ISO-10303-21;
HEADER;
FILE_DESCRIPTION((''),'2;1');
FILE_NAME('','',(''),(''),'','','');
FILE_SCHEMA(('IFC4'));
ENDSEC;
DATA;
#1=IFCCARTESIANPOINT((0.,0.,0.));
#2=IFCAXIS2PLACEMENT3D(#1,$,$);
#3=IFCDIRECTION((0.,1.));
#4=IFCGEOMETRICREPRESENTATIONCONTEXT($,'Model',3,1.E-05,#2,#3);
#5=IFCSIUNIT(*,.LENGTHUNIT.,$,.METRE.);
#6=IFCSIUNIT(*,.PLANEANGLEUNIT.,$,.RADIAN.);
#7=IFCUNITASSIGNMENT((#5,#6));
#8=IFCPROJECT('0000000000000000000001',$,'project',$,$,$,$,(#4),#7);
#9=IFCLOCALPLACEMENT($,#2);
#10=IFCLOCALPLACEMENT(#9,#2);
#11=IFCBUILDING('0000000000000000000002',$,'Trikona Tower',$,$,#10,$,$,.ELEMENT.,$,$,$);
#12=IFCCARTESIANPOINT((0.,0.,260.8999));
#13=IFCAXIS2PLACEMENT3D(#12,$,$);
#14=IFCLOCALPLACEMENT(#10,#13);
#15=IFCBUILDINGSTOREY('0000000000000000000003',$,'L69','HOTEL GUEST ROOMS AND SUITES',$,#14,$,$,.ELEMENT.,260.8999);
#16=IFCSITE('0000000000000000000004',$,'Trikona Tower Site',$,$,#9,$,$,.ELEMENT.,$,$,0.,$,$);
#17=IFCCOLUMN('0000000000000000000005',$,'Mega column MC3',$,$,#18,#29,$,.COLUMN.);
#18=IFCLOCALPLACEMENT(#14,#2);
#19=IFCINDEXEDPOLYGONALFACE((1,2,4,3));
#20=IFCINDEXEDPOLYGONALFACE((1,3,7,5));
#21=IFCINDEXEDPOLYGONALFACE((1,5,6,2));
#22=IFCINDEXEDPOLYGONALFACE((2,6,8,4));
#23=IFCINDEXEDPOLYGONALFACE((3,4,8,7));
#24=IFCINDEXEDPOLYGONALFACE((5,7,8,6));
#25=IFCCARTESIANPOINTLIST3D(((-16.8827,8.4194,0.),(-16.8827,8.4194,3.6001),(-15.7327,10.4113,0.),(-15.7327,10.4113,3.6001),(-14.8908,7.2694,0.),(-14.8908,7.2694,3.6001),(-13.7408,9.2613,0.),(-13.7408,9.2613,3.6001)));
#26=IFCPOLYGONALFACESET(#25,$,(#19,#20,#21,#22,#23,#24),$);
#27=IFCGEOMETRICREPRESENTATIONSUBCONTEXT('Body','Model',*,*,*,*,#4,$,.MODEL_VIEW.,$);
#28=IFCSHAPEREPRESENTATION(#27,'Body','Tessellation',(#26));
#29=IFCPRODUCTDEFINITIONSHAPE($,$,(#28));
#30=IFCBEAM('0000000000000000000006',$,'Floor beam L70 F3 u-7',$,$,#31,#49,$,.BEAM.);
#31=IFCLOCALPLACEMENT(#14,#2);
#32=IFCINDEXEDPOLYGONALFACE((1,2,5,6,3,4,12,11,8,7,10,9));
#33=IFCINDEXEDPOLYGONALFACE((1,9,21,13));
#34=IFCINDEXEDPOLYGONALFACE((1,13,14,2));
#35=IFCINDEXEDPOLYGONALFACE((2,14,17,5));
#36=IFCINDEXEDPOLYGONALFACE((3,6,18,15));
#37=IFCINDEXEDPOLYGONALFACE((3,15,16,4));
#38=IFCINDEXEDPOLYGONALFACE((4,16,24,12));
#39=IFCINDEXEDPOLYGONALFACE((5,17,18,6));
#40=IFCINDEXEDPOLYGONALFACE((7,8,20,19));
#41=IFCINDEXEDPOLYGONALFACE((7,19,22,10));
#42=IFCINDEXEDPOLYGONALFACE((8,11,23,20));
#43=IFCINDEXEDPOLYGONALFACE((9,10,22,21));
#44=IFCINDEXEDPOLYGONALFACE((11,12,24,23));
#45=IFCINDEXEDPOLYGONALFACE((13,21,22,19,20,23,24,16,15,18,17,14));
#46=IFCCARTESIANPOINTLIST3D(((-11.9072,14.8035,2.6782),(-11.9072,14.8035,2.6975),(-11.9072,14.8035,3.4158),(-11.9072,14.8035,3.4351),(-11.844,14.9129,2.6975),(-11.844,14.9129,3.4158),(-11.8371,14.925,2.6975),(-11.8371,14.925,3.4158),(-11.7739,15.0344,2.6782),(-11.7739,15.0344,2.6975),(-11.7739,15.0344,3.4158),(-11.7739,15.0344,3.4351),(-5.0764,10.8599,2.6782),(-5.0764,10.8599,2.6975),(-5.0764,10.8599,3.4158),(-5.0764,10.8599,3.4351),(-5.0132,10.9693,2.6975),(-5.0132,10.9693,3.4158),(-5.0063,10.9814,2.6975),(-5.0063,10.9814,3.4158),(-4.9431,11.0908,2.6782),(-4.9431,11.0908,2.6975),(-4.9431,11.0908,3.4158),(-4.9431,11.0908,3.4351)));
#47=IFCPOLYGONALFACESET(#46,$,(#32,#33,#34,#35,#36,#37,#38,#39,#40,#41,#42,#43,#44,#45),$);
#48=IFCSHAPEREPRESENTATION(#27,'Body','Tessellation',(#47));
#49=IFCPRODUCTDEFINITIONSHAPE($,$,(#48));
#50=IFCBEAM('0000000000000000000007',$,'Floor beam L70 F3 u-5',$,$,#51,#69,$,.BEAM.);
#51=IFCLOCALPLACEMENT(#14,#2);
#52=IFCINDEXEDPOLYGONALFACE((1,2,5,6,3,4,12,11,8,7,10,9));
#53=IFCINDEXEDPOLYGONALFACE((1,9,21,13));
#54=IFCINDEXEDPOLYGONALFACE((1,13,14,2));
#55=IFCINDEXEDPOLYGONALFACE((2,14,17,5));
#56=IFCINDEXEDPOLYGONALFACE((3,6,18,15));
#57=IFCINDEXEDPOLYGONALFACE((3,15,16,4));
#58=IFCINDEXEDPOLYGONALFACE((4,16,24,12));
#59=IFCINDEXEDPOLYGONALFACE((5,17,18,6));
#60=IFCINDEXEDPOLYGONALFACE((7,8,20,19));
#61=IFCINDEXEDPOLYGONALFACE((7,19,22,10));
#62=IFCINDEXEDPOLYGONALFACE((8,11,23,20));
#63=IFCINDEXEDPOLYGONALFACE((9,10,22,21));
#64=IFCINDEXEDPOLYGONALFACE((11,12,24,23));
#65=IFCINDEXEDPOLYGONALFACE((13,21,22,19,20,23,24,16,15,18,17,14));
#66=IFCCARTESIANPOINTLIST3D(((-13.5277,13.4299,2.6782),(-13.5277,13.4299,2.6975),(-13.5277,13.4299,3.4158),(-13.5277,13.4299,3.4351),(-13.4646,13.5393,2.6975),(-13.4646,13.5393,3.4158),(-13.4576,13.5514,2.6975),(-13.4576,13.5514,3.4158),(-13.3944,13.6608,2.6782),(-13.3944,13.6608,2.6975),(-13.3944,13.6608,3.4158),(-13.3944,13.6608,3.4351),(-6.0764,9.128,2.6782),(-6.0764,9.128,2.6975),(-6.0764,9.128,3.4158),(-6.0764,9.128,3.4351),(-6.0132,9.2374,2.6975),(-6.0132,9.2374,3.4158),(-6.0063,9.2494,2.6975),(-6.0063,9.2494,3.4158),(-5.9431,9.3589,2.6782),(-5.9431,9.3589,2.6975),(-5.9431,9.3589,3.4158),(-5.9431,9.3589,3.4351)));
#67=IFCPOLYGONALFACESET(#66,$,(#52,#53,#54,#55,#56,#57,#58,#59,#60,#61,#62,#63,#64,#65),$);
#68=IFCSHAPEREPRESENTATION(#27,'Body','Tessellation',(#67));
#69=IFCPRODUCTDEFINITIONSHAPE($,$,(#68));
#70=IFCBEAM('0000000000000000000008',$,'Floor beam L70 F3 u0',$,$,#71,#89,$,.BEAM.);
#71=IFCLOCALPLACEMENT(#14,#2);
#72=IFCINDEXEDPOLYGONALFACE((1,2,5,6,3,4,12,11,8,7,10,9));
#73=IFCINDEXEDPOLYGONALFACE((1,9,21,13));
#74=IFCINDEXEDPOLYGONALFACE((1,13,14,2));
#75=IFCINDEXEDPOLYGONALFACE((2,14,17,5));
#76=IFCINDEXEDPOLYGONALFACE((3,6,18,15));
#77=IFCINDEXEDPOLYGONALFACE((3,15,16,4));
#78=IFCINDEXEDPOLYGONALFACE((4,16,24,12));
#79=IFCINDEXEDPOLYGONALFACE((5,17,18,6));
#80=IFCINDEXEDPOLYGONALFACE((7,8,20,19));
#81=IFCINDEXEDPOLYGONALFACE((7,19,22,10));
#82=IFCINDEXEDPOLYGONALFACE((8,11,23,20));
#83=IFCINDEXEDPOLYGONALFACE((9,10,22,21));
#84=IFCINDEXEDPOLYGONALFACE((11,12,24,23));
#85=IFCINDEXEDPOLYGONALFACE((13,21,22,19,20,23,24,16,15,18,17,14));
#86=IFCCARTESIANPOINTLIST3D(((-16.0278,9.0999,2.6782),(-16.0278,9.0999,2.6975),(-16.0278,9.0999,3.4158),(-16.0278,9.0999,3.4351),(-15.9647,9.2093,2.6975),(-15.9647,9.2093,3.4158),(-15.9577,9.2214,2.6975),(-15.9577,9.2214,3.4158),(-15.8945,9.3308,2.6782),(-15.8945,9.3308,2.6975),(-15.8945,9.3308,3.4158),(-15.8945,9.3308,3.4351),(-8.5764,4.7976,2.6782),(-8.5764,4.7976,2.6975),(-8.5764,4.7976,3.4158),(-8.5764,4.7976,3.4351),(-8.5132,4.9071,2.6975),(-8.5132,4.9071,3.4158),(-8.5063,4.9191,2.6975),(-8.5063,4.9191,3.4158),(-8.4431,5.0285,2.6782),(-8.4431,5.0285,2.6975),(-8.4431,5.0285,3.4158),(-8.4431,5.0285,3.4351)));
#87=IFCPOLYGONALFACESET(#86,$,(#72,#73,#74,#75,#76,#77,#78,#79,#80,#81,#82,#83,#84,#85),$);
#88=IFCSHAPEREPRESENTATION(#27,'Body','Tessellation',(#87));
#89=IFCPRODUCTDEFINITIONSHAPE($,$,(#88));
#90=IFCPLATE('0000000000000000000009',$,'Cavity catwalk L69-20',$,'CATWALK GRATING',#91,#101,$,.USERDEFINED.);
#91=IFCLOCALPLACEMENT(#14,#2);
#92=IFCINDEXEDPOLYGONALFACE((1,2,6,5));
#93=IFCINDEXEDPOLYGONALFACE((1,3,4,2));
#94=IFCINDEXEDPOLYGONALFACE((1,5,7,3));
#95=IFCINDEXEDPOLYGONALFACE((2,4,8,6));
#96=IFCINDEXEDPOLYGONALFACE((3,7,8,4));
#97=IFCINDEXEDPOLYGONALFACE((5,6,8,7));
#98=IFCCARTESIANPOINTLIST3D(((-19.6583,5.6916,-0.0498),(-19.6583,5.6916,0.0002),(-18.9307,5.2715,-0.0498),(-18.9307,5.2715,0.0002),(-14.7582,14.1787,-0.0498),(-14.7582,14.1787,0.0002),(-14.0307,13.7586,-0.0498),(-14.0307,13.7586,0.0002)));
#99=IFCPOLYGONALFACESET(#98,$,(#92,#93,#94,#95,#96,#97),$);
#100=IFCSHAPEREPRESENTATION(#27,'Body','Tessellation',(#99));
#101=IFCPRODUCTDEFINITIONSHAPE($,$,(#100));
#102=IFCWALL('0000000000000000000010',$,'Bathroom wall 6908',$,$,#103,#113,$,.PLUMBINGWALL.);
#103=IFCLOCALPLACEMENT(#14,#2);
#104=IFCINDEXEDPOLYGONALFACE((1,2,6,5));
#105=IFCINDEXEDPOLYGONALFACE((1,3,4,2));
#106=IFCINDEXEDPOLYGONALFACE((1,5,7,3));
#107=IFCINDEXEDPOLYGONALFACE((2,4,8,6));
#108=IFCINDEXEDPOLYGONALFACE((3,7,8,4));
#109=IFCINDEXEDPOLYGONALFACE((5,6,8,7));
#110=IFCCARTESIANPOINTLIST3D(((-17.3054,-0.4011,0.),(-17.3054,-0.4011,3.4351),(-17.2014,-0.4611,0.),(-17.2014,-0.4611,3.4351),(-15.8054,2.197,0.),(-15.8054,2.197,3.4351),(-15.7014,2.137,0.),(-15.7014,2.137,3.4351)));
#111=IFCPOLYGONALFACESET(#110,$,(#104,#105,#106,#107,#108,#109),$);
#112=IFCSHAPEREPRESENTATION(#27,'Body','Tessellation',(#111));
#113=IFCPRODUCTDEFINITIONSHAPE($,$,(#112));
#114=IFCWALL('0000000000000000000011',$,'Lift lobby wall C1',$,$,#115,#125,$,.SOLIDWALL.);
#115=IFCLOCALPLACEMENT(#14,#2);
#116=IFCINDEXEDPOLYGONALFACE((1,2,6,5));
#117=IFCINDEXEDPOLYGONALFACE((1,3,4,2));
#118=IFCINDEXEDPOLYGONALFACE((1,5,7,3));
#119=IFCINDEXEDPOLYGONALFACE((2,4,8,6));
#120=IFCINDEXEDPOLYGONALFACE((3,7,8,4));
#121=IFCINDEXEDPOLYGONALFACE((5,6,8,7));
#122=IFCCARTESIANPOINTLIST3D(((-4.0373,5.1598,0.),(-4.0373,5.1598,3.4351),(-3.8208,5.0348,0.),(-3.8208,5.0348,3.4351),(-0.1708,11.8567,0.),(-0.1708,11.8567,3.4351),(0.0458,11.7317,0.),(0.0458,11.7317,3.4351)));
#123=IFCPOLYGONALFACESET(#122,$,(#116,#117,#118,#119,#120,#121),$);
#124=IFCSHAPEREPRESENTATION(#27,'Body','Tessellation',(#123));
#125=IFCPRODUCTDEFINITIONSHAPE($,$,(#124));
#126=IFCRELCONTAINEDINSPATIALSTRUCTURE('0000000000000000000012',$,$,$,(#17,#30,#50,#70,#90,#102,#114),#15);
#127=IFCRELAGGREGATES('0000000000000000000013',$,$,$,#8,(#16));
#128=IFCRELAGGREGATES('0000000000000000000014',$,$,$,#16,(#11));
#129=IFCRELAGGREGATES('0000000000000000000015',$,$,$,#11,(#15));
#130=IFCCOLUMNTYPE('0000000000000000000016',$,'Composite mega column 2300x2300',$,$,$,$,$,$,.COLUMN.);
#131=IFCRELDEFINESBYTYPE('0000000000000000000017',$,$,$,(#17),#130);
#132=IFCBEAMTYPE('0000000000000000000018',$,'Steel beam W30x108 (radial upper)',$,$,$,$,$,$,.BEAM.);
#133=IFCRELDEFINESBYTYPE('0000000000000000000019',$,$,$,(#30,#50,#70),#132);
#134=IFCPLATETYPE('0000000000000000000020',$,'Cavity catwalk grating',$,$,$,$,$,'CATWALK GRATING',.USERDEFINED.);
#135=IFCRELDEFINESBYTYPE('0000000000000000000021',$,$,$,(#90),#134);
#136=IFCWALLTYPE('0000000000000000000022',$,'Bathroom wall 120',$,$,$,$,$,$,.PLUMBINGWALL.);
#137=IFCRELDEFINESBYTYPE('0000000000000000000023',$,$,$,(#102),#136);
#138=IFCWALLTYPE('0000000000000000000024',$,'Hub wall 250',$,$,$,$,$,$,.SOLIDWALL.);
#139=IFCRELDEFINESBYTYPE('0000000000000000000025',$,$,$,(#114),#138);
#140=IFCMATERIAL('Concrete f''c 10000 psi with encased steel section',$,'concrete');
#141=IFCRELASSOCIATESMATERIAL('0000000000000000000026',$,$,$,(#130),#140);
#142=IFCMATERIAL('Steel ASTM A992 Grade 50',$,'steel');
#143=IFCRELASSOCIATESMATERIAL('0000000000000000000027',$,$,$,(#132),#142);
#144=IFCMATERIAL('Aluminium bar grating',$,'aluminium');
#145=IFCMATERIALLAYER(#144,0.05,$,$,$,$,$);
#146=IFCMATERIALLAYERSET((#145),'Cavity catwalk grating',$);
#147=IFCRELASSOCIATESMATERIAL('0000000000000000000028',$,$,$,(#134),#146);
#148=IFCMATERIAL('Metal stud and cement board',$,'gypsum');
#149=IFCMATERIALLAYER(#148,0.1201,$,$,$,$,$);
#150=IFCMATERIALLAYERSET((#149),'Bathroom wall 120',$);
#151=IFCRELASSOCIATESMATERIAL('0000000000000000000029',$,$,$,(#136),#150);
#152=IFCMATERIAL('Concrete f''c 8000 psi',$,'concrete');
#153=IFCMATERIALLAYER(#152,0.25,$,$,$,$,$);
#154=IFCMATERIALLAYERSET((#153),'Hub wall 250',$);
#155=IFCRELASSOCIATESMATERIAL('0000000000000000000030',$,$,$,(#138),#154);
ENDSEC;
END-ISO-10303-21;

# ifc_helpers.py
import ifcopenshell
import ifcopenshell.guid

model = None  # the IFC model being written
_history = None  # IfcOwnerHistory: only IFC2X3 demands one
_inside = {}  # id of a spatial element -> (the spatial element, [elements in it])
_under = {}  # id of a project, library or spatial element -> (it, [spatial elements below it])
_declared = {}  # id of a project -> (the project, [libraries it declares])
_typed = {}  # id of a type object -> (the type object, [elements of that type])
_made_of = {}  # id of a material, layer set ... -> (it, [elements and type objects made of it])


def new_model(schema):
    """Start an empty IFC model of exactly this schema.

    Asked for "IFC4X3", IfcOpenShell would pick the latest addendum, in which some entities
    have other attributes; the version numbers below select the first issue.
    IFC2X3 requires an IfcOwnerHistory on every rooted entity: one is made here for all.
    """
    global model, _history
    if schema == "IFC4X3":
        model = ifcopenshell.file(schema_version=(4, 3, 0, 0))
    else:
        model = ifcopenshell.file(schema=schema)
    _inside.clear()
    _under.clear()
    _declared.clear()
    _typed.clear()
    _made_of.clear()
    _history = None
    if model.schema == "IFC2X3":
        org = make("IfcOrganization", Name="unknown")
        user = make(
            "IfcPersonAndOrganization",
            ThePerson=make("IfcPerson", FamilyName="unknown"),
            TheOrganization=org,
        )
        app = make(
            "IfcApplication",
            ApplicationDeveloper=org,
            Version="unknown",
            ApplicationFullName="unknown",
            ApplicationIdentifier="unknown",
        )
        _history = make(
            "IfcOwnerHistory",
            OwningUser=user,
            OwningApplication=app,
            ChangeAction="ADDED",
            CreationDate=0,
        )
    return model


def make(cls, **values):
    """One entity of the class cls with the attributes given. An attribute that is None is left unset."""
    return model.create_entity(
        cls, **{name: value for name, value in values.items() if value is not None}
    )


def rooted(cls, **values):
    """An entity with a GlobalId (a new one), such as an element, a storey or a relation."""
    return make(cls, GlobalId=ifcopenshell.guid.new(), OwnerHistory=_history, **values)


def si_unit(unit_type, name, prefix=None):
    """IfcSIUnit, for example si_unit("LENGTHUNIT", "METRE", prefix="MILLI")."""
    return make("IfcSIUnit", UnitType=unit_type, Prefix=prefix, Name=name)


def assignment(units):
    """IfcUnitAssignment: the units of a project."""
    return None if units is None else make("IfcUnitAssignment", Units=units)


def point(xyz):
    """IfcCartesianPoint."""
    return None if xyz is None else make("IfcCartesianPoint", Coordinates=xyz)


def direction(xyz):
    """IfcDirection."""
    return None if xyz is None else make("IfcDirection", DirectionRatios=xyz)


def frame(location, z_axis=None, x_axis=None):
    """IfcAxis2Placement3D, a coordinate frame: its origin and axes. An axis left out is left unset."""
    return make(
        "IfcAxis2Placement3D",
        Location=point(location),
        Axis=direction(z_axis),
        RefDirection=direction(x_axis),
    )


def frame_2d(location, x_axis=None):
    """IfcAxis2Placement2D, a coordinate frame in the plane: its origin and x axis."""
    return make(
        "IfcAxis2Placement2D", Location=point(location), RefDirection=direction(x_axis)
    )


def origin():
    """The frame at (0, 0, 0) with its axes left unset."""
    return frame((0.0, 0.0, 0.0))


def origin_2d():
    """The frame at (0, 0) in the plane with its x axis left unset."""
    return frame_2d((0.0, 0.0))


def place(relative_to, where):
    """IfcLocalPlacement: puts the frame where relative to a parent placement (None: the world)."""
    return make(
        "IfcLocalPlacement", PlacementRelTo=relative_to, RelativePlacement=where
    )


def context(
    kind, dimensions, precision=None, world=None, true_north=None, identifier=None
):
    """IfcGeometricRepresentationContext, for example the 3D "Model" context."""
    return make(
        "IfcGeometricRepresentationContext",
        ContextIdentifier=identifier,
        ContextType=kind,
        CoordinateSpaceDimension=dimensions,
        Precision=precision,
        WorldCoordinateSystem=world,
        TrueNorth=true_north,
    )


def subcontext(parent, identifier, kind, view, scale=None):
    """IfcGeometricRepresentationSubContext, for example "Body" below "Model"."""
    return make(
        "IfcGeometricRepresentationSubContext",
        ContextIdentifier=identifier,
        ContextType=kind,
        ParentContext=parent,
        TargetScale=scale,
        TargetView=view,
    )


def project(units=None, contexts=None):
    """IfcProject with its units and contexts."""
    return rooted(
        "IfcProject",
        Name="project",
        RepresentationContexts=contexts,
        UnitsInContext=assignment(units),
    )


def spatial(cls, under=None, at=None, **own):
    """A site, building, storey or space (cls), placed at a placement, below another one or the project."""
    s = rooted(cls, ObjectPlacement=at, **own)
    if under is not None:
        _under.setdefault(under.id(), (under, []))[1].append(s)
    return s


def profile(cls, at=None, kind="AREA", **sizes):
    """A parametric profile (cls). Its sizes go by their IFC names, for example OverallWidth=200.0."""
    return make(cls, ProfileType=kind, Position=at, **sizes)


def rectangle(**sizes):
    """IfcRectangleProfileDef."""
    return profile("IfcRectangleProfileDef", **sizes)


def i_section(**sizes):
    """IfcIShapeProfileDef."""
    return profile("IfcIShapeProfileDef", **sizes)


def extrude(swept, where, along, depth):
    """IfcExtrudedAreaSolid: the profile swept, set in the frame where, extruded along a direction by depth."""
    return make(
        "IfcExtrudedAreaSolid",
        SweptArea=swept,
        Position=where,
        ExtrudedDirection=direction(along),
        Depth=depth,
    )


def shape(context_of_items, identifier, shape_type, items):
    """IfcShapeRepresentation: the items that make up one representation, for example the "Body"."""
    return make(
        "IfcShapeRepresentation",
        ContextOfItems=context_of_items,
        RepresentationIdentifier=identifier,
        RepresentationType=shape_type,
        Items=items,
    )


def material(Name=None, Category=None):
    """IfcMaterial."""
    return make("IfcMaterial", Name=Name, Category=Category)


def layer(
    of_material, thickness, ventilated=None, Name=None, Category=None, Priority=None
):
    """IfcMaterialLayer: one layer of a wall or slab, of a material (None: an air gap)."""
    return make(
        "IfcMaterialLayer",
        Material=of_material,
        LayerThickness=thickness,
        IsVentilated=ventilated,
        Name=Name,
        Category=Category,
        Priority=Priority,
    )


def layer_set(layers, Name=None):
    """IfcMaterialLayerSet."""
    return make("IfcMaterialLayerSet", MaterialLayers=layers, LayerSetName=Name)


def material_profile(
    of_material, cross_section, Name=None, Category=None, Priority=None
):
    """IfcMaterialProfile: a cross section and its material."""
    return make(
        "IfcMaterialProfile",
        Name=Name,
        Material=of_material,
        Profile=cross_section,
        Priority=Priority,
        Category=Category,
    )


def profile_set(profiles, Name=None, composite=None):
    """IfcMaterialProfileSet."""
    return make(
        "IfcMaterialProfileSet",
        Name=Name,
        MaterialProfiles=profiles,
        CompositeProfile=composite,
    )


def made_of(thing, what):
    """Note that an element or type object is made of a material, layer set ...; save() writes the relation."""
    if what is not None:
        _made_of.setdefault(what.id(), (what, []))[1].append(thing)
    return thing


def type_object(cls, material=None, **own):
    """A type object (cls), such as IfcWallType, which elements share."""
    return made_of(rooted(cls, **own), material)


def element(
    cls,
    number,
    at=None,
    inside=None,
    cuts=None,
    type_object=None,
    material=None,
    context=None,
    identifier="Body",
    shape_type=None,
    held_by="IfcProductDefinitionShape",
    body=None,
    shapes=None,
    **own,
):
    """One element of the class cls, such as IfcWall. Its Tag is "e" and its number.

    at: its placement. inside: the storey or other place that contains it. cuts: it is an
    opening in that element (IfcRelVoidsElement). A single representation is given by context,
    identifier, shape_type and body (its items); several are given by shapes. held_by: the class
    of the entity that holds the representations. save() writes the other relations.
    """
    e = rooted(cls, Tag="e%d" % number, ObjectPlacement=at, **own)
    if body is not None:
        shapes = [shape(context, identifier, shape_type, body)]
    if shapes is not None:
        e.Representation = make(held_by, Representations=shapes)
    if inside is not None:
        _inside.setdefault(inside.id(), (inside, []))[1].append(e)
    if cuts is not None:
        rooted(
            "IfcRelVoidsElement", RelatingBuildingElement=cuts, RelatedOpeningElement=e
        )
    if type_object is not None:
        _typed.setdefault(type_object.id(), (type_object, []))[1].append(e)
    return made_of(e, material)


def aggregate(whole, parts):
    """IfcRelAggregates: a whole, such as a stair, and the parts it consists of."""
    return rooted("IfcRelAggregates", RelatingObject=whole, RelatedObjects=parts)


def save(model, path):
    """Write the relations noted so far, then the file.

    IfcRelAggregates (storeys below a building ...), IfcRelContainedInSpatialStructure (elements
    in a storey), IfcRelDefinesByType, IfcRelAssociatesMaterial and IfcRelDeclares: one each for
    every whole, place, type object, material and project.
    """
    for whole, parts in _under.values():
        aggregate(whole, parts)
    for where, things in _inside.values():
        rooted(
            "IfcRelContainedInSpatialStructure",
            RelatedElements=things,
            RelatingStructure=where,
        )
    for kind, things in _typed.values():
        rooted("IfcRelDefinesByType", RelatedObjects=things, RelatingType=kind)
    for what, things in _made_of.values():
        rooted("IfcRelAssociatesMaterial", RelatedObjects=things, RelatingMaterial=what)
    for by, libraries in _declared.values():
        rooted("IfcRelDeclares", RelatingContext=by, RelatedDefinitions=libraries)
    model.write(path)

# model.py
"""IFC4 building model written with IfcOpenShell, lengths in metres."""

from ifc_helpers import new_model, si_unit, direction, frame, frame_2d, origin, origin_2d, place, context, subcontext, project, spatial, rectangle, i_section, extrude, material, layer, layer_set, material_profile, profile_set, type_object, element, save


model = new_model("IFC4")

# Units and contexts
model_context = context("Model", 3, precision=1e-05, world=origin(), true_north=direction((0.0, 1.0)))
body_context = subcontext(model_context, "Body", "Model", "MODEL_VIEW")
ifc_project = project(units=[si_unit("LENGTHUNIT", "METRE"), si_unit("PLANEANGLEUNIT", "RADIAN")], contexts=[model_context])

# Site, building, storey
site_placement = place(None, origin())
site = spatial("IfcSite", under=ifc_project, at=site_placement, Name="Trikona Tower Site", CompositionType="ELEMENT", RefElevation=0.0)
building_placement = place(site_placement, origin())
building = spatial("IfcBuilding", under=site, at=building_placement, Name="Trikona Tower", CompositionType="ELEMENT")
storey_placement = place(building_placement, frame((0.0, 0.0, 260.8999)))
storey = spatial("IfcBuildingStorey", under=building, at=storey_placement, Name="L69", Description="HOTEL GUEST ROOMS AND SUITES", CompositionType="ELEMENT", Elevation=260.8999)

# Column
ifc_material_1 = material(Name="Concrete f'c 10000 psi with encased steel section", Category="concrete")
ifc_material_profile_1 = material_profile(ifc_material_1, rectangle(XDim=2.3, YDim=2.3, at=origin_2d()), Name="MC2300")
ifc_profile_set_1 = profile_set([ifc_material_profile_1], Name="Concrete f'c 10000 psi with encased steel section")
column_type = type_object("IfcColumnType", Name="Composite mega column 2300x2300", PredefinedType="COLUMN", material=ifc_profile_set_1)
column_placement = place(storey_placement, frame((-15.3118, 8.8403, 0.0), z_axis=(0.0, 0.0, 1.0), x_axis=(-0.866025, 0.5, 0.0)))
element("IfcColumn", 1, at=column_placement, inside=storey, type_object=column_type, Name="Mega column MC3", PredefinedType="COLUMN", context=body_context, shape_type="SweptSolid", body=[
    extrude(rectangle(XDim=2.3, YDim=2.3, at=origin_2d()), origin(), (0.0, 0.0, 1.0), 3.6001),
])

# Beams
ifc_material_2 = material(Name="Steel ASTM A992 Grade 50", Category="steel")
ifc_material_profile_2 = material_profile(ifc_material_2, i_section(OverallWidth=0.2666, OverallDepth=0.7568, WebThickness=0.0139, FlangeThickness=0.0193, at=origin_2d()), Name="W30X108")
ifc_profile_set_2 = profile_set([ifc_material_profile_2], Name="Steel ASTM A992 Grade 50")
beam_type = type_object("IfcBeamType", Name="Steel beam W30x108 (radial upper)", PredefinedType="BEAM", material=ifc_profile_set_2)
beam_1_placement = place(storey_placement, frame((-5.0098, 10.9753, 3.0566), z_axis=(-0.866035, 0.499984, 0.0), x_axis=(-0.499984, -0.866035, 0.0)))
element("IfcBeam", 2, at=beam_1_placement, inside=storey, type_object=beam_type, Name="Floor beam L70 F3 u-7", PredefinedType="BEAM", context=body_context, shape_type="SweptSolid", body=[
    extrude(i_section(OverallWidth=0.2666, OverallDepth=0.7568, WebThickness=0.0139, FlangeThickness=0.0193, at=origin_2d()), origin(), (0.0, 0.0, 1.0), 7.8875),
])
beam_2_placement = place(storey_placement, frame((-6.0098, 9.2434, 3.0566), z_axis=(-0.866029, 0.499993, 0.0), x_axis=(-0.499993, -0.866029, 0.0)))
element("IfcBeam", 3, at=beam_2_placement, inside=storey, type_object=beam_type, Name="Floor beam L70 F3 u-5", PredefinedType="BEAM", context=body_context, shape_type="SweptSolid", body=[
    extrude(i_section(OverallWidth=0.2666, OverallDepth=0.7568, WebThickness=0.0139, FlangeThickness=0.0193, at=origin_2d()), origin(), (0.0, 0.0, 1.0), 8.604),
])
beam_3_placement = place(storey_placement, frame((-8.5098, 4.9131, 3.0566), z_axis=(-0.866017, 0.500015, 0.0), x_axis=(-0.500015, -0.866017, 0.0)))
element("IfcBeam", 4, at=beam_3_placement, inside=storey, type_object=beam_type, Name="Floor beam L70 F3 u0", PredefinedType="BEAM", context=body_context, shape_type="SweptSolid", body=[
    extrude(i_section(OverallWidth=0.2666, OverallDepth=0.7568, WebThickness=0.0139, FlangeThickness=0.0193, at=origin_2d()), origin(), (0.0, 0.0, 1.0), 8.6042),
])

# Plate
ifc_material_3 = material(Name="Aluminium bar grating", Category="aluminium")
ifc_layer_1 = layer(ifc_material_3, 0.05)
ifc_layer_set_1 = layer_set([ifc_layer_1], Name="Cavity catwalk grating")
plate_type = type_object("IfcPlateType", Name="Cavity catwalk grating", ElementType="CATWALK GRATING", PredefinedType="USERDEFINED", material=ifc_layer_set_1)
plate_placement = place(storey_placement, frame((-16.8445, 9.7251, -0.0498), z_axis=(0.0, 0.0, 1.0), x_axis=(-0.499998, -0.866026, 0.0)))
element("IfcPlate", 5, at=plate_placement, inside=storey, type_object=plate_type, Name="Cavity catwalk L69-20", ObjectType="CATWALK GRATING", PredefinedType="USERDEFINED", context=body_context, shape_type="SweptSolid", body=[
    extrude(rectangle(XDim=9.8, YDim=0.8401, at=origin_2d()), origin(), (0.0, 0.0, 1.0), 0.05),
])

# Walls
ifc_material_4 = material(Name="Metal stud and cement board", Category="gypsum")
ifc_layer_2 = layer(ifc_material_4, 0.1201)
ifc_layer_set_2 = layer_set([ifc_layer_2], Name="Bathroom wall 120")
wall_type_1 = type_object("IfcWallType", Name="Bathroom wall 120", PredefinedType="PLUMBINGWALL", material=ifc_layer_set_2)
wall_1_placement = place(storey_placement, frame((-15.7534, 2.167, 0.0), z_axis=(0.0, 0.0, 1.0), x_axis=(-0.49999, -0.866031, 0.0)))
element("IfcWall", 6, at=wall_1_placement, inside=storey, type_object=wall_type_1, Name="Bathroom wall 6908", PredefinedType="PLUMBINGWALL", context=body_context, shape_type="SweptSolid", body=[
    extrude(rectangle(XDim=3.0, YDim=0.1201, at=frame_2d((1.5, 0.0))), origin(), (0.0, 0.0, 1.0), 3.4351),
])
ifc_material_5 = material(Name="Concrete f'c 8000 psi", Category="concrete")
ifc_layer_3 = layer(ifc_material_5, 0.25)
ifc_layer_set_3 = layer_set([ifc_layer_3], Name="Hub wall 250")
wall_type_2 = type_object("IfcWallType", Name="Hub wall 250", PredefinedType="SOLIDWALL", material=ifc_layer_set_3)
wall_2_placement = place(storey_placement, frame((-0.0625, 11.7942, 0.0), z_axis=(0.0, 0.0, 1.0), x_axis=(-0.500007, -0.866022, 0.0)))
element("IfcWall", 7, at=wall_2_placement, inside=storey, type_object=wall_type_2, Name="Lift lobby wall C1", PredefinedType="SOLIDWALL", context=body_context, shape_type="SweptSolid", body=[
    extrude(rectangle(XDim=7.7329, YDim=0.25, at=frame_2d((3.8665, 0.0))), origin(), (0.0, 0.0, 1.0), 3.4351),
])

save(model, "model.ifc")
